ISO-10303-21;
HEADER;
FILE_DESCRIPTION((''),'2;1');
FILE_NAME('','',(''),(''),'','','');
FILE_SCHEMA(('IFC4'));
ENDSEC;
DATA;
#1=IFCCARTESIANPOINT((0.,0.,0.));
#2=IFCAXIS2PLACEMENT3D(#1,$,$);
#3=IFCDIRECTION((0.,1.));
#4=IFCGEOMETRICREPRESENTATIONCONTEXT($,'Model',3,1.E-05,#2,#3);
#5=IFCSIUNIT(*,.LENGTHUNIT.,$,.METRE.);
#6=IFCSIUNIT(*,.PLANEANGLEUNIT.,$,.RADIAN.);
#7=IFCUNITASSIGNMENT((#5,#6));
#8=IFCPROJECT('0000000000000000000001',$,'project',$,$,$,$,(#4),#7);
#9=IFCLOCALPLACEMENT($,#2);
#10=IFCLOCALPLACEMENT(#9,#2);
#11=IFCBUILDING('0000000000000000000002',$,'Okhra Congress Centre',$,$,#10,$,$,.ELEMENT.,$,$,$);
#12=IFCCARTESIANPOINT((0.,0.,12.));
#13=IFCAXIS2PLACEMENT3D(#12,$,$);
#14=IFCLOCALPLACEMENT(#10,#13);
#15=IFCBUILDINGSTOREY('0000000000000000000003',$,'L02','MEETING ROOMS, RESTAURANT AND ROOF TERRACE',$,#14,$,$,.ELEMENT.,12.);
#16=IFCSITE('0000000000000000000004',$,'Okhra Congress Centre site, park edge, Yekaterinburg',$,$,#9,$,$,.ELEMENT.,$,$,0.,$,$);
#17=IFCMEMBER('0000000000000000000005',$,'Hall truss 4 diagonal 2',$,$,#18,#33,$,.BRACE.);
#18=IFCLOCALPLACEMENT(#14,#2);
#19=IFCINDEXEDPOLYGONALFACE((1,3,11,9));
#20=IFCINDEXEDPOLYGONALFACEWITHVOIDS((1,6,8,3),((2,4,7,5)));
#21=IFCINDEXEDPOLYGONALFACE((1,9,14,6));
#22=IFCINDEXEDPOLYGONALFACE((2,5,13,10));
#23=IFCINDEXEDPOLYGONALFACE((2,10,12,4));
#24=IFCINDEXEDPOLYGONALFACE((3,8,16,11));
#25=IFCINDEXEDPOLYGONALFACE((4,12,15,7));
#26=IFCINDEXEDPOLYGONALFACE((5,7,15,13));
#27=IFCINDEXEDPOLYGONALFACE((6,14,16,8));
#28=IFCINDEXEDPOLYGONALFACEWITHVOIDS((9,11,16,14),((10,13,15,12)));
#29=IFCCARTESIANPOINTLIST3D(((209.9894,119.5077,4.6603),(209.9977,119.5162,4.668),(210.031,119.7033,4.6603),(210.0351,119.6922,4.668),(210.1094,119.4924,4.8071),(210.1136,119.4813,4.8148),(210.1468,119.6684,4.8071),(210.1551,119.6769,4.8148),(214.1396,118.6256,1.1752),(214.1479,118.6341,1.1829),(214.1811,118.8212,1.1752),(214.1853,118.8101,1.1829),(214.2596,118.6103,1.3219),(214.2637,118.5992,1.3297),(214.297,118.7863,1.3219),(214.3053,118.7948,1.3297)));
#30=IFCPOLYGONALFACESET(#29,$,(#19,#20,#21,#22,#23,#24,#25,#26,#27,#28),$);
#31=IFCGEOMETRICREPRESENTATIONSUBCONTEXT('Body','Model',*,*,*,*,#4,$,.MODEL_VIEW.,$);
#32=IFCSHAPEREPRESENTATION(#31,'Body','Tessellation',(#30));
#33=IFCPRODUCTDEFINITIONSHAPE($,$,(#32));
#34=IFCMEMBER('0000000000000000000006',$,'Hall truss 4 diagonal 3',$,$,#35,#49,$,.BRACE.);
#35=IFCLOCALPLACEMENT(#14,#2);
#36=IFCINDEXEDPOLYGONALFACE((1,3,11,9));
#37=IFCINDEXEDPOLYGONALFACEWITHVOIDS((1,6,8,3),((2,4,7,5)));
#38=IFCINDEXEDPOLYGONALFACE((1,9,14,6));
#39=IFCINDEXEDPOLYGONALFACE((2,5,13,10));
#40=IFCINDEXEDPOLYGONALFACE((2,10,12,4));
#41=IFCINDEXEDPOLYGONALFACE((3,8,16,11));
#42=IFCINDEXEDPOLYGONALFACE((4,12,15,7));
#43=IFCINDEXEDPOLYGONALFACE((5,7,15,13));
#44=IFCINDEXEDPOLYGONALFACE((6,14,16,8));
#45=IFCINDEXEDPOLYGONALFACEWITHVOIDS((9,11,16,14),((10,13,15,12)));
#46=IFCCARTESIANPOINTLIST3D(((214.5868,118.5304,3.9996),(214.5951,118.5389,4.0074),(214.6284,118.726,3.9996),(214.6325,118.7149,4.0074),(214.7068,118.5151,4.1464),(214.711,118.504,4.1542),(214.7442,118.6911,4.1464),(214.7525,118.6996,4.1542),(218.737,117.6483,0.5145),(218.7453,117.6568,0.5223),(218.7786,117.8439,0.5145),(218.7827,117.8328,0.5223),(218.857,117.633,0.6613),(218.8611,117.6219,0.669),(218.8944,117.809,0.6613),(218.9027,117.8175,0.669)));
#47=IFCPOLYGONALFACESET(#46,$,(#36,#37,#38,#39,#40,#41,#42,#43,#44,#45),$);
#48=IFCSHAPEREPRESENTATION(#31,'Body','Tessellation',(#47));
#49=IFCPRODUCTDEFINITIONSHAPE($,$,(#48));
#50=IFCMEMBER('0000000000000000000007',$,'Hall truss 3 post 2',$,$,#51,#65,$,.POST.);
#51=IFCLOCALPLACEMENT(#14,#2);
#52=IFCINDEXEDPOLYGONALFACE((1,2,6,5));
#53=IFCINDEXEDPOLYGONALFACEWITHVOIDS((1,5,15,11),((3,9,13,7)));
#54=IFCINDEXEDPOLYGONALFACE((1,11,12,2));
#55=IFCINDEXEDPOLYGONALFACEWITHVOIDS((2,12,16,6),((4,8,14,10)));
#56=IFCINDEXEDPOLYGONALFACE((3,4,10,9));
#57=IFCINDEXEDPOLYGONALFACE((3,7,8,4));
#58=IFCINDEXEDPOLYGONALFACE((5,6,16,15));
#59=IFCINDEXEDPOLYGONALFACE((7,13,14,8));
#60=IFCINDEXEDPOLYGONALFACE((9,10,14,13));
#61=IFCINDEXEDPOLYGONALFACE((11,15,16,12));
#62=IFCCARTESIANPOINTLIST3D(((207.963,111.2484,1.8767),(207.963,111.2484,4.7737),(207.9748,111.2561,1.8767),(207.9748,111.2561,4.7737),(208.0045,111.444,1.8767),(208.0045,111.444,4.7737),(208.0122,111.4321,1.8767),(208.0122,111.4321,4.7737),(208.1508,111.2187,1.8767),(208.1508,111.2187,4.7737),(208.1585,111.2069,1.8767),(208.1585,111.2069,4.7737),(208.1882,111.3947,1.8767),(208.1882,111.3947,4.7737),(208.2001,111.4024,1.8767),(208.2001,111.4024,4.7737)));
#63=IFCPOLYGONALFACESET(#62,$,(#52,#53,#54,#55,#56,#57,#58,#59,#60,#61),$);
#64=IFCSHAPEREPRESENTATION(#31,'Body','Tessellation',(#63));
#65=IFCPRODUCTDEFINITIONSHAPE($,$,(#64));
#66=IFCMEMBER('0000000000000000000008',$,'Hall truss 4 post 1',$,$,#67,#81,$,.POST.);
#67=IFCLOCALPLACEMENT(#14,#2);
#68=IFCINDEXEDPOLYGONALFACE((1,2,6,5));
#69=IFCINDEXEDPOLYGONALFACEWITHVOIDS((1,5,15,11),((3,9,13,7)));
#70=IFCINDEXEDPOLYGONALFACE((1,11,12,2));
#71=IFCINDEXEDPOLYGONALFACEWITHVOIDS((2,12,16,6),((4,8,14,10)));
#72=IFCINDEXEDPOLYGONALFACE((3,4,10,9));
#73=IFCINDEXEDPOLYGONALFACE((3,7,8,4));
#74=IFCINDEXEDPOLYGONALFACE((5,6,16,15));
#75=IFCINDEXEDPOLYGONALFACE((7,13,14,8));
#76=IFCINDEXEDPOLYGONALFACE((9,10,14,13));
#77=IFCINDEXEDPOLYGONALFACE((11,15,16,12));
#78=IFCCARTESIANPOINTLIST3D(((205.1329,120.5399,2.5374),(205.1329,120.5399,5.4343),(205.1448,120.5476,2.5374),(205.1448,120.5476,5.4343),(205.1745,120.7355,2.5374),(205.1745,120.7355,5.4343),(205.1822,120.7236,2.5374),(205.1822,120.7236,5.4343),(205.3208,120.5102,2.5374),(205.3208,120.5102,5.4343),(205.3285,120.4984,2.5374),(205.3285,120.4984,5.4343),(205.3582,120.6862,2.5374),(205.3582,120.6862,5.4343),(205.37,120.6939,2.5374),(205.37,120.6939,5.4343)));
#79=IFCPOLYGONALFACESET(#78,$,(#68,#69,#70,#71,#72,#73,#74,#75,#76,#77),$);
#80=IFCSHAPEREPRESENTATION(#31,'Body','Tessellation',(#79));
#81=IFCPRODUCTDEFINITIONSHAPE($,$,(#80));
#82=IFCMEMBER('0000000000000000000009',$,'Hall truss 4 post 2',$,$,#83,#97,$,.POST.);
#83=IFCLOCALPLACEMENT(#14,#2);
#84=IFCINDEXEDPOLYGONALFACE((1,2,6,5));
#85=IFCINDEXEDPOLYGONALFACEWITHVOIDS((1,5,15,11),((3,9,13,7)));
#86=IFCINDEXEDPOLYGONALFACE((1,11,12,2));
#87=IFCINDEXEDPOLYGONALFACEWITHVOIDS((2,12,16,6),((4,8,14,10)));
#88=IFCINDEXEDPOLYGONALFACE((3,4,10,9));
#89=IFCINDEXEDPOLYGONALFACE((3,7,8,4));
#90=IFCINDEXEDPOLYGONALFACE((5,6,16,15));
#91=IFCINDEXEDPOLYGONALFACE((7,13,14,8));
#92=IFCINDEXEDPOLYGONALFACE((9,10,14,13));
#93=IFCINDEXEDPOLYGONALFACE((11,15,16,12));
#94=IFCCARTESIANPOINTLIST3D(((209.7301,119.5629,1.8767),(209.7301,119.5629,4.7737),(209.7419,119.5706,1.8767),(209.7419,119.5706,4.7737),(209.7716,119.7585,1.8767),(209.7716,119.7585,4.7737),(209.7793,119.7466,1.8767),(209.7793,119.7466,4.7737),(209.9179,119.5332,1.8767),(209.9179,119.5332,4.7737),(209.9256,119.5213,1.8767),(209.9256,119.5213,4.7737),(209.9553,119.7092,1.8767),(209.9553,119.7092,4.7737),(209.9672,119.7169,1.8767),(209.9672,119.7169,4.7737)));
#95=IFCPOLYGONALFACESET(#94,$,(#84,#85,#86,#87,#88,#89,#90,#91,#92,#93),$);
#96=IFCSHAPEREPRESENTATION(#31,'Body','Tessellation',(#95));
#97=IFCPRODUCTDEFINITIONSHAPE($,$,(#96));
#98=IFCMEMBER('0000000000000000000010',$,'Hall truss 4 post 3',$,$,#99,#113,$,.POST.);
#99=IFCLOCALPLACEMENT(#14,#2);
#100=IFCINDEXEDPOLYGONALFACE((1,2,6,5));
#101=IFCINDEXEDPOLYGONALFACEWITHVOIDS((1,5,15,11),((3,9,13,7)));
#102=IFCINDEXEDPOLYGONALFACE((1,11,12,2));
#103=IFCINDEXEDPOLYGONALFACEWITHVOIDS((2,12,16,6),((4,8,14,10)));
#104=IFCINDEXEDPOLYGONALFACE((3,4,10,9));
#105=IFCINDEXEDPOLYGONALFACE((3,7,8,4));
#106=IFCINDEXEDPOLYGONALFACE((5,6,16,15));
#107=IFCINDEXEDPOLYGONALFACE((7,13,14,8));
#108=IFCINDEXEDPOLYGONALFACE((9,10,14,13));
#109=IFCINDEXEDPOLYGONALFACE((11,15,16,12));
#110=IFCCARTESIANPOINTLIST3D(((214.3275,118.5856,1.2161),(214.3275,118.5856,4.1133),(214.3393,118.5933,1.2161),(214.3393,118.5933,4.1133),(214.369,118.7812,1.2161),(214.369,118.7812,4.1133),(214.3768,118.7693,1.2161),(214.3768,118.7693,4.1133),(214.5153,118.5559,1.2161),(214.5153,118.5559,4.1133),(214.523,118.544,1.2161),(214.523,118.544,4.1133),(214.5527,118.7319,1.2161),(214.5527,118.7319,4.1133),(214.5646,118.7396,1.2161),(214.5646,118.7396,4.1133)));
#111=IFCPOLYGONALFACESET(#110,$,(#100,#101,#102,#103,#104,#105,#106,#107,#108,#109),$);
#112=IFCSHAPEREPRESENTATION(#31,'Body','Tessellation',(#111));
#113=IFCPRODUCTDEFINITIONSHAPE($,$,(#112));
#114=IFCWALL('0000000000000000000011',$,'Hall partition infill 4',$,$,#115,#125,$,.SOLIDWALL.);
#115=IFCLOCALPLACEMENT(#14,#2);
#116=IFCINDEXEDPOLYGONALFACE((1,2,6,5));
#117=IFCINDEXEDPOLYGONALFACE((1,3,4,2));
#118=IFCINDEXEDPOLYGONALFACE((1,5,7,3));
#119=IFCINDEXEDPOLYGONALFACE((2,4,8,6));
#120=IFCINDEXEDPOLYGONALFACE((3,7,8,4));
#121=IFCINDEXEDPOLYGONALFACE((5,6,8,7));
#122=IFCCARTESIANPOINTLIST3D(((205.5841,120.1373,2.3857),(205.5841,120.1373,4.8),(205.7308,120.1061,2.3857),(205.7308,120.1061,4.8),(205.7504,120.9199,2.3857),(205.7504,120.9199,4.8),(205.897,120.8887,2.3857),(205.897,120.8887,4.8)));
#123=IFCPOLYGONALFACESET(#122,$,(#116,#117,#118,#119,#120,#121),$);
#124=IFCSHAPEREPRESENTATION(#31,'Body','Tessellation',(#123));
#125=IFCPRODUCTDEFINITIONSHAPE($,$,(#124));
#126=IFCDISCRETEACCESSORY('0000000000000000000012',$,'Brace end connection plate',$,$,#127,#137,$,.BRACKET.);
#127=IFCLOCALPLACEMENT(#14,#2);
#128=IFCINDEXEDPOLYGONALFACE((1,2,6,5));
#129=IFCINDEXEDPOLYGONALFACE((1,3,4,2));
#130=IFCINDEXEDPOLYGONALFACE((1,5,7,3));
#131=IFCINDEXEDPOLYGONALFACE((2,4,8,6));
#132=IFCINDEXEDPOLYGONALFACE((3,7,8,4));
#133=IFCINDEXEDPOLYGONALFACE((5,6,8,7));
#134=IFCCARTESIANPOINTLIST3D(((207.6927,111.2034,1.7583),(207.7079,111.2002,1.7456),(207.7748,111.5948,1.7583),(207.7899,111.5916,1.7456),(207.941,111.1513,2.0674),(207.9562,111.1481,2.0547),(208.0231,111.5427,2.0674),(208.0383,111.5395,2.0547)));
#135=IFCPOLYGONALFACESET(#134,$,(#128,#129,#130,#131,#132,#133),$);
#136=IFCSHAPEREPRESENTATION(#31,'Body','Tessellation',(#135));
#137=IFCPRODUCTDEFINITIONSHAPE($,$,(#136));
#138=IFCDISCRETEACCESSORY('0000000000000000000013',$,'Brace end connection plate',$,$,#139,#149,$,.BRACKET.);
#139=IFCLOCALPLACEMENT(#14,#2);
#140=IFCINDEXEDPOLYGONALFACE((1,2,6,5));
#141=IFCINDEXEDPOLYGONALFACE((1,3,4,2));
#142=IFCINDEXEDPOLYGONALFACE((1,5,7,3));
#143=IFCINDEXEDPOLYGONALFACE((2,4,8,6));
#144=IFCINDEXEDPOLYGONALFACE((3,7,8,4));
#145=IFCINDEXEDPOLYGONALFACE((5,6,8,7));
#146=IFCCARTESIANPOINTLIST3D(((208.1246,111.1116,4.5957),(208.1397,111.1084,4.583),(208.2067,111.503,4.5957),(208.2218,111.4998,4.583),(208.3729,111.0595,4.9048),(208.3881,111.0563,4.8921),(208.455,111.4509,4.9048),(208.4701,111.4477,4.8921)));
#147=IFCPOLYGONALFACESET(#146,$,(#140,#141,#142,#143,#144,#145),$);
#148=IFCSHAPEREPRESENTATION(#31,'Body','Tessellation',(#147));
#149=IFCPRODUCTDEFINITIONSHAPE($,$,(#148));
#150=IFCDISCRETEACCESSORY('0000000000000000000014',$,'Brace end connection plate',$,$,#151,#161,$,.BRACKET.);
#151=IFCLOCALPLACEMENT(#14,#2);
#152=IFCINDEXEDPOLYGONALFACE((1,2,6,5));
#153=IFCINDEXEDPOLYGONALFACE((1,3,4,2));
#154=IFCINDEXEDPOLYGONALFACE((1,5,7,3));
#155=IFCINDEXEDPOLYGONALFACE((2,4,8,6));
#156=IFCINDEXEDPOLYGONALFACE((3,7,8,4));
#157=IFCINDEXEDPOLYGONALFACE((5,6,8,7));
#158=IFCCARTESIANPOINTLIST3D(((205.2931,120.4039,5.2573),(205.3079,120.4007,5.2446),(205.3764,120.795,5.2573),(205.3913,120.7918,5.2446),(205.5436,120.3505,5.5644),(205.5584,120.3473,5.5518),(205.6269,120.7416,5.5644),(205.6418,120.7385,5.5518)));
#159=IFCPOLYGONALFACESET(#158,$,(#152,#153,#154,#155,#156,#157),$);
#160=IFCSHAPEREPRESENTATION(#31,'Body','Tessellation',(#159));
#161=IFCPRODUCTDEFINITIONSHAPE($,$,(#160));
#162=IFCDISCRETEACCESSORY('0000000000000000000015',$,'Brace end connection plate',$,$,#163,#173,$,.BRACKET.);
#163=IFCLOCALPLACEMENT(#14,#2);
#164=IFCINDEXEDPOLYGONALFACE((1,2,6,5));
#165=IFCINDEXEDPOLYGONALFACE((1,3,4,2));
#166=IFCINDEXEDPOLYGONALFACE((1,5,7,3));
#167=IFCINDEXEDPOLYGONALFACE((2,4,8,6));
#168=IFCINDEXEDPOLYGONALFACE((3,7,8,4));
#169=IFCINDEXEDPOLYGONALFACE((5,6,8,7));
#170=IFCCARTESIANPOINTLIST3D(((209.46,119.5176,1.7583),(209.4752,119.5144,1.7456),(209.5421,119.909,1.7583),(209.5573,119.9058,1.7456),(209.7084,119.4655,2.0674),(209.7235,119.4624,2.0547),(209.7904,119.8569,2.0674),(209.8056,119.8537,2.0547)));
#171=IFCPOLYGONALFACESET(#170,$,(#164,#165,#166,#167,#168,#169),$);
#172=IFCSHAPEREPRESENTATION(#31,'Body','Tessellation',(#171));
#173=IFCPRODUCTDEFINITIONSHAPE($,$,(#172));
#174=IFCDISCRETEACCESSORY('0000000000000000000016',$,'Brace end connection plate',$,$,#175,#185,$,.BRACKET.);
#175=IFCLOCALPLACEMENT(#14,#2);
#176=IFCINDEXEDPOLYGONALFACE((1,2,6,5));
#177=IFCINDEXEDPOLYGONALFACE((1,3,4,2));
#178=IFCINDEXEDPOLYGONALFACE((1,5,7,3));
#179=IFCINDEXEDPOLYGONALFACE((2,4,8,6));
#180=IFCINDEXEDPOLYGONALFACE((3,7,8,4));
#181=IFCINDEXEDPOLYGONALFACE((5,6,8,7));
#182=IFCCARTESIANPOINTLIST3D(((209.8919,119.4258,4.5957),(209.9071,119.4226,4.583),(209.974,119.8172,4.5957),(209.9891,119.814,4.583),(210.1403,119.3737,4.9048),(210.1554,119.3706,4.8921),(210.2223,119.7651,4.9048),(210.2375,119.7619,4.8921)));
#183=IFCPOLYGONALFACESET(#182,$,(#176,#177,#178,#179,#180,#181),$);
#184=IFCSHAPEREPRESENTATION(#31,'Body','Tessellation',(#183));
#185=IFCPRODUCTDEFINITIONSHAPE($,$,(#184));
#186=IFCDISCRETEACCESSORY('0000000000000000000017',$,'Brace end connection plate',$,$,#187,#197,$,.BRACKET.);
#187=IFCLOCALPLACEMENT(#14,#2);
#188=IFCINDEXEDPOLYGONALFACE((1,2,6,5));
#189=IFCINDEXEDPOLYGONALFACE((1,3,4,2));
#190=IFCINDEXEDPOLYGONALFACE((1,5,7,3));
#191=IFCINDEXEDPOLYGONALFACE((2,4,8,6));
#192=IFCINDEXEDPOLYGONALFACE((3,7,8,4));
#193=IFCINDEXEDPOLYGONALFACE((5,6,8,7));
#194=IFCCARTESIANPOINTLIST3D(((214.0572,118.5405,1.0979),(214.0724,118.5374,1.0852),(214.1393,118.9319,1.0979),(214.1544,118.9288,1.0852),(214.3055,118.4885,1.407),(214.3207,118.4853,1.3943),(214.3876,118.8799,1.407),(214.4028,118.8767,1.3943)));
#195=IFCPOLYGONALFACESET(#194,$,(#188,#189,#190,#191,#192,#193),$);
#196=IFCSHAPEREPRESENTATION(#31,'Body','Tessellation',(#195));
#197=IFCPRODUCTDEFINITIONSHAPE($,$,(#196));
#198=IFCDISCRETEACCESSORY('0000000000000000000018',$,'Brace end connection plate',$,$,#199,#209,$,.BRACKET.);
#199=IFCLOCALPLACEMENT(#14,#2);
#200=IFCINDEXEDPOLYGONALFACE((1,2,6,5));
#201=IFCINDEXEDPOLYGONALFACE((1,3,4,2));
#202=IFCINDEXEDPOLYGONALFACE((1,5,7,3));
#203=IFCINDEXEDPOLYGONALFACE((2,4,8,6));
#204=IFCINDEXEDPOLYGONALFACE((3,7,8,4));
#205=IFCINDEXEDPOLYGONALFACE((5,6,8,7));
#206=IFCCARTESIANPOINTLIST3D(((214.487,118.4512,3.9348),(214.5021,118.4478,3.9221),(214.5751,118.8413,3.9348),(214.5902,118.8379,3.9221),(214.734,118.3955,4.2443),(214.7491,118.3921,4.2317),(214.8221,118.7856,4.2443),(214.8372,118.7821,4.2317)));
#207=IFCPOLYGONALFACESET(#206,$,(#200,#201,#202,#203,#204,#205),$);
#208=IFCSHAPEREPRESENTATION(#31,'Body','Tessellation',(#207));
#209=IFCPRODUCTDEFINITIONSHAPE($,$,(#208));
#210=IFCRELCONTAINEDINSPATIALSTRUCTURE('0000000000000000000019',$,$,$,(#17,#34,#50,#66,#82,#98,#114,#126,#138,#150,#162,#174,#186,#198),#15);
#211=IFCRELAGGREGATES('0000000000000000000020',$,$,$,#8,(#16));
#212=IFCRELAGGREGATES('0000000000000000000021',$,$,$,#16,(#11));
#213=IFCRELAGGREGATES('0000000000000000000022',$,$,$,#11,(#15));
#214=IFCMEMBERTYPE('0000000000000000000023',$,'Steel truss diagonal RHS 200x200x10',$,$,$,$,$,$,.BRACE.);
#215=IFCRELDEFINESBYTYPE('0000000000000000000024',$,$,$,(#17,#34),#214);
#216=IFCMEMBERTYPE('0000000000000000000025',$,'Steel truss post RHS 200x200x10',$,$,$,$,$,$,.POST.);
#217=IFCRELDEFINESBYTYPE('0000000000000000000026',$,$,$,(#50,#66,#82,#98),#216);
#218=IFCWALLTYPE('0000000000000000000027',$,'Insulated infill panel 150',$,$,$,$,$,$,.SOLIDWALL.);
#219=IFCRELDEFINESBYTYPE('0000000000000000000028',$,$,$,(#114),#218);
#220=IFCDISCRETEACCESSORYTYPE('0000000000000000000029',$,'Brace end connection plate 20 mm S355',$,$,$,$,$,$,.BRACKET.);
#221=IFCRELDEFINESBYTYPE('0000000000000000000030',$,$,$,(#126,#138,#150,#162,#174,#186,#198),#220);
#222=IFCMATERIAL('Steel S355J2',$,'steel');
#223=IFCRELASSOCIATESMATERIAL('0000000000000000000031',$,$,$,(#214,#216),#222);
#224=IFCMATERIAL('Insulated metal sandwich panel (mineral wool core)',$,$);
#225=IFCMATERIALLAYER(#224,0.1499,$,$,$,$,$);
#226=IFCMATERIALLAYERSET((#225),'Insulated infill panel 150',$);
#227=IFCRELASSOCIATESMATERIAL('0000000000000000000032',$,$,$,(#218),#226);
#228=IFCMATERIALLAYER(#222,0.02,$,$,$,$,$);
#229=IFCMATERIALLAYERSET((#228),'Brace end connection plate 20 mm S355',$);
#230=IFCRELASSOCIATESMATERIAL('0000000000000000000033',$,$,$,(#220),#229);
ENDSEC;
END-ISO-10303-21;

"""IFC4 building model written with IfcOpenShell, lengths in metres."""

from ifc_helpers import new_model, si_unit, direction, frame, frame_2d, origin, origin_2d, place, context, subcontext, project, spatial, rectangle, hollow_rectangle, extrude, material, layer, layer_set, material_profile, profile_set, type_object, element, save


model = new_model("IFC4")

# Units and contexts
model_context = context("Model", 3, precision=1e-05, world=origin(), true_north=direction((0.0, 1.0)))
body_context = subcontext(model_context, "Body", "Model", "MODEL_VIEW")
ifc_project = project(units=[si_unit("LENGTHUNIT", "METRE"), si_unit("PLANEANGLEUNIT", "RADIAN")], contexts=[model_context])

# Site, building, storey
site_placement = place(None, origin())
site = spatial("IfcSite", under=ifc_project, at=site_placement, Name="Okhra Congress Centre site, park edge, Yekaterinburg", CompositionType="ELEMENT", RefElevation=0.0)
building_placement = place(site_placement, origin())
building = spatial("IfcBuilding", under=site, at=building_placement, Name="Okhra Congress Centre", CompositionType="ELEMENT")
storey_placement = place(building_placement, frame((0.0, 0.0, 12.0)))
storey = spatial("IfcBuildingStorey", under=building, at=storey_placement, Name="L02", Description="MEETING ROOMS, RESTAURANT AND ROOF TERRACE", CompositionType="ELEMENT", Elevation=12.0)

# Members
ifc_material_1 = material(Name="Steel S355J2", Category="steel")
ifc_material_profile_1 = material_profile(ifc_material_1, hollow_rectangle(XDim=0.2, YDim=0.2, WallThickness=0.01, at=origin_2d()), Name="RHS 200x200x10 diagonal")
ifc_profile_set_1 = profile_set([ifc_material_profile_1], Name="Steel S355J2")
member_type_1 = type_object("IfcMemberType", Name="Steel truss diagonal RHS 200x200x10", PredefinedType="BRACE", material=ifc_profile_set_1)
for number, where, z_axis, x_axis, name in (
    (1, (210.0723, 119.5923, 4.7375), (0.755851, -0.16065, -0.634729), (0.207898, 0.978151, 0.0), "Hall truss 4 diagonal 2"),
    (2, (214.6697, 118.615, 4.0769), (0.755851, -0.16065, -0.634729), (0.207898, 0.978151, 0.0), "Hall truss 4 diagonal 3"),
):
    element("IfcMember", number, at=place(storey_placement, frame(where, z_axis=z_axis, x_axis=x_axis)), inside=storey, type_object=member_type_1, Name=name, PredefinedType="BRACE", context=body_context, shape_type="SweptSolid", body=[
        extrude(hollow_rectangle(XDim=0.2, YDim=0.2, WallThickness=0.01, at=origin_2d()), origin(), (0.0, 0.0, 1.0), 5.4907),
    ])
ifc_material_profile_2 = material_profile(ifc_material_1, hollow_rectangle(XDim=0.2, YDim=0.2, WallThickness=0.01, at=origin_2d()), Name="RHS 200x200x10")
ifc_profile_set_2 = profile_set([ifc_material_profile_2], Name="Steel S355J2")
member_type_2 = type_object("IfcMemberType", Name="Steel truss post RHS 200x200x10", PredefinedType="POST", material=ifc_profile_set_2)
for number, where, z_axis, x_axis, name in (
    (3, (208.0815, 111.3254, 1.8767), (0.0, 0.0, 1.0), (0.978148, -0.207912, 0.0), "Hall truss 3 post 2"),
    (4, (205.2515, 120.6169, 2.5374), (0.0, 0.0, 1.0), (0.978148, -0.207912, 0.0), "Hall truss 4 post 1"),
    (5, (209.8486, 119.6399, 1.8767), (0.0, 0.0, 1.0), (0.978148, -0.207912, 0.0), "Hall truss 4 post 2"),
):
    element("IfcMember", number, at=place(storey_placement, frame(where, z_axis=z_axis, x_axis=x_axis)), inside=storey, type_object=member_type_2, Name=name, PredefinedType="POST", context=body_context, shape_type="SweptSolid", body=[
        extrude(hollow_rectangle(XDim=0.2, YDim=0.2, WallThickness=0.01, at=origin_2d()), origin(), (0.0, 0.0, 1.0), 2.897),
    ])
member_1_placement = place(storey_placement, frame((214.446, 118.6626, 1.2161), z_axis=(0.0, 0.0, 1.0), x_axis=(0.978148, -0.207912, 0.0)))
element("IfcMember", 6, at=member_1_placement, inside=storey, type_object=member_type_2, Name="Hall truss 4 post 3", PredefinedType="POST", context=body_context, shape_type="SweptSolid", body=[
    extrude(hollow_rectangle(XDim=0.2, YDim=0.2, WallThickness=0.01, at=origin_2d()), origin(), (0.0, 0.0, 1.0), 2.8972),
])

# Wall
ifc_material_2 = material(Name="Insulated metal sandwich panel (mineral wool core)")
ifc_layer_1 = layer(ifc_material_2, 0.1499)
ifc_layer_set_1 = layer_set([ifc_layer_1], Name="Insulated infill panel 150")
wall_type = type_object("IfcWallType", Name="Insulated infill panel 150", PredefinedType="SOLIDWALL", material=ifc_layer_set_1)
wall_placement = place(storey_placement, frame((205.6575, 120.1218, 2.3857), z_axis=(0.0, 0.0, 1.0), x_axis=(0.207841, 0.978163, 0.0)))
element("IfcWall", 7, at=wall_placement, inside=storey, type_object=wall_type, Name="Hall partition infill 4", PredefinedType="SOLIDWALL", context=body_context, shape_type="SweptSolid", body=[
    extrude(rectangle(XDim=0.8, YDim=0.1499, at=frame_2d((0.3999, 0.0))), origin(), (0.0, 0.0, 1.0), 2.4143),
])

# Discrete accessories
ifc_layer_2 = layer(ifc_material_1, 0.02)
ifc_layer_set_2 = layer_set([ifc_layer_2], Name="Brace end connection plate 20 mm S355")
discrete_accessory_type_1 = type_object("IfcDiscreteAccessoryType", Name="Brace end connection plate 20 mm S355", PredefinedType="BRACKET", material=ifc_layer_set_2)
for number, where, z_axis, x_axis, name in (
    (8, (207.8579, 111.373, 1.9128), (0.756491, -0.158619, -0.634477), (0.205215, 0.978717, 0.0), "Brace end connection plate"),
    (9, (208.3049, 111.2781, 4.7375), (-0.756491, 0.158619, 0.634477), (-0.205215, -0.978717, 0.0), "Brace end connection plate"),
):
    element("IfcDiscreteAccessory", number, at=place(storey_placement, frame(where, z_axis=z_axis, x_axis=x_axis)), inside=storey, type_object=discrete_accessory_type_1, Name=name, PredefinedType="BRACKET", context=body_context, shape_type="SweptSolid", body=[
        extrude(rectangle(XDim=0.3999, YDim=0.3999, at=origin_2d()), origin(), (0.0, 0.0, 1.0), 0.02),
    ])
discrete_accessory_1_placement = place(storey_placement, frame((205.4749, 120.5696, 5.3982), z_axis=(-0.7512, 0.160092, 0.640367), x_axis=(-0.208434, -0.978036, 0.0)))
element("IfcDiscreteAccessory", 10, at=discrete_accessory_1_placement, inside=storey, type_object=discrete_accessory_type_1, Name="Brace end connection plate", PredefinedType="BRACKET", context=body_context, shape_type="SweptSolid", body=[
    extrude(rectangle(XDim=0.3999, YDim=0.3999, at=origin_2d()), origin(), (0.0, 0.0, 1.0), 0.0198),
])
for number, where, z_axis, x_axis, name in (
    (11, (209.6252, 119.6873, 1.9128), (0.756491, -0.158619, -0.634477), (0.205215, 0.978717, 0.0), "Brace end connection plate"),
    (12, (210.0723, 119.5923, 4.7375), (-0.756491, 0.158619, 0.634477), (-0.205215, -0.978717, 0.0), "Brace end connection plate"),
    (13, (214.2224, 118.7102, 1.2524), (0.756491, -0.158619, -0.634477), (0.205215, 0.978717, 0.0), "Brace end connection plate"),
    (14, (214.6697, 118.615, 4.0769), (-0.754976, 0.170478, 0.633205), (-0.220261, -0.975441, 0.0), "Brace end connection plate"),
):
    element("IfcDiscreteAccessory", number, at=place(storey_placement, frame(where, z_axis=z_axis, x_axis=x_axis)), inside=storey, type_object=discrete_accessory_type_1, Name=name, PredefinedType="BRACKET", context=body_context, shape_type="SweptSolid", body=[
        extrude(rectangle(XDim=0.3999, YDim=0.3999, at=origin_2d()), origin(), (0.0, 0.0, 1.0), 0.02),
    ])

save(model, "model.ifc")
